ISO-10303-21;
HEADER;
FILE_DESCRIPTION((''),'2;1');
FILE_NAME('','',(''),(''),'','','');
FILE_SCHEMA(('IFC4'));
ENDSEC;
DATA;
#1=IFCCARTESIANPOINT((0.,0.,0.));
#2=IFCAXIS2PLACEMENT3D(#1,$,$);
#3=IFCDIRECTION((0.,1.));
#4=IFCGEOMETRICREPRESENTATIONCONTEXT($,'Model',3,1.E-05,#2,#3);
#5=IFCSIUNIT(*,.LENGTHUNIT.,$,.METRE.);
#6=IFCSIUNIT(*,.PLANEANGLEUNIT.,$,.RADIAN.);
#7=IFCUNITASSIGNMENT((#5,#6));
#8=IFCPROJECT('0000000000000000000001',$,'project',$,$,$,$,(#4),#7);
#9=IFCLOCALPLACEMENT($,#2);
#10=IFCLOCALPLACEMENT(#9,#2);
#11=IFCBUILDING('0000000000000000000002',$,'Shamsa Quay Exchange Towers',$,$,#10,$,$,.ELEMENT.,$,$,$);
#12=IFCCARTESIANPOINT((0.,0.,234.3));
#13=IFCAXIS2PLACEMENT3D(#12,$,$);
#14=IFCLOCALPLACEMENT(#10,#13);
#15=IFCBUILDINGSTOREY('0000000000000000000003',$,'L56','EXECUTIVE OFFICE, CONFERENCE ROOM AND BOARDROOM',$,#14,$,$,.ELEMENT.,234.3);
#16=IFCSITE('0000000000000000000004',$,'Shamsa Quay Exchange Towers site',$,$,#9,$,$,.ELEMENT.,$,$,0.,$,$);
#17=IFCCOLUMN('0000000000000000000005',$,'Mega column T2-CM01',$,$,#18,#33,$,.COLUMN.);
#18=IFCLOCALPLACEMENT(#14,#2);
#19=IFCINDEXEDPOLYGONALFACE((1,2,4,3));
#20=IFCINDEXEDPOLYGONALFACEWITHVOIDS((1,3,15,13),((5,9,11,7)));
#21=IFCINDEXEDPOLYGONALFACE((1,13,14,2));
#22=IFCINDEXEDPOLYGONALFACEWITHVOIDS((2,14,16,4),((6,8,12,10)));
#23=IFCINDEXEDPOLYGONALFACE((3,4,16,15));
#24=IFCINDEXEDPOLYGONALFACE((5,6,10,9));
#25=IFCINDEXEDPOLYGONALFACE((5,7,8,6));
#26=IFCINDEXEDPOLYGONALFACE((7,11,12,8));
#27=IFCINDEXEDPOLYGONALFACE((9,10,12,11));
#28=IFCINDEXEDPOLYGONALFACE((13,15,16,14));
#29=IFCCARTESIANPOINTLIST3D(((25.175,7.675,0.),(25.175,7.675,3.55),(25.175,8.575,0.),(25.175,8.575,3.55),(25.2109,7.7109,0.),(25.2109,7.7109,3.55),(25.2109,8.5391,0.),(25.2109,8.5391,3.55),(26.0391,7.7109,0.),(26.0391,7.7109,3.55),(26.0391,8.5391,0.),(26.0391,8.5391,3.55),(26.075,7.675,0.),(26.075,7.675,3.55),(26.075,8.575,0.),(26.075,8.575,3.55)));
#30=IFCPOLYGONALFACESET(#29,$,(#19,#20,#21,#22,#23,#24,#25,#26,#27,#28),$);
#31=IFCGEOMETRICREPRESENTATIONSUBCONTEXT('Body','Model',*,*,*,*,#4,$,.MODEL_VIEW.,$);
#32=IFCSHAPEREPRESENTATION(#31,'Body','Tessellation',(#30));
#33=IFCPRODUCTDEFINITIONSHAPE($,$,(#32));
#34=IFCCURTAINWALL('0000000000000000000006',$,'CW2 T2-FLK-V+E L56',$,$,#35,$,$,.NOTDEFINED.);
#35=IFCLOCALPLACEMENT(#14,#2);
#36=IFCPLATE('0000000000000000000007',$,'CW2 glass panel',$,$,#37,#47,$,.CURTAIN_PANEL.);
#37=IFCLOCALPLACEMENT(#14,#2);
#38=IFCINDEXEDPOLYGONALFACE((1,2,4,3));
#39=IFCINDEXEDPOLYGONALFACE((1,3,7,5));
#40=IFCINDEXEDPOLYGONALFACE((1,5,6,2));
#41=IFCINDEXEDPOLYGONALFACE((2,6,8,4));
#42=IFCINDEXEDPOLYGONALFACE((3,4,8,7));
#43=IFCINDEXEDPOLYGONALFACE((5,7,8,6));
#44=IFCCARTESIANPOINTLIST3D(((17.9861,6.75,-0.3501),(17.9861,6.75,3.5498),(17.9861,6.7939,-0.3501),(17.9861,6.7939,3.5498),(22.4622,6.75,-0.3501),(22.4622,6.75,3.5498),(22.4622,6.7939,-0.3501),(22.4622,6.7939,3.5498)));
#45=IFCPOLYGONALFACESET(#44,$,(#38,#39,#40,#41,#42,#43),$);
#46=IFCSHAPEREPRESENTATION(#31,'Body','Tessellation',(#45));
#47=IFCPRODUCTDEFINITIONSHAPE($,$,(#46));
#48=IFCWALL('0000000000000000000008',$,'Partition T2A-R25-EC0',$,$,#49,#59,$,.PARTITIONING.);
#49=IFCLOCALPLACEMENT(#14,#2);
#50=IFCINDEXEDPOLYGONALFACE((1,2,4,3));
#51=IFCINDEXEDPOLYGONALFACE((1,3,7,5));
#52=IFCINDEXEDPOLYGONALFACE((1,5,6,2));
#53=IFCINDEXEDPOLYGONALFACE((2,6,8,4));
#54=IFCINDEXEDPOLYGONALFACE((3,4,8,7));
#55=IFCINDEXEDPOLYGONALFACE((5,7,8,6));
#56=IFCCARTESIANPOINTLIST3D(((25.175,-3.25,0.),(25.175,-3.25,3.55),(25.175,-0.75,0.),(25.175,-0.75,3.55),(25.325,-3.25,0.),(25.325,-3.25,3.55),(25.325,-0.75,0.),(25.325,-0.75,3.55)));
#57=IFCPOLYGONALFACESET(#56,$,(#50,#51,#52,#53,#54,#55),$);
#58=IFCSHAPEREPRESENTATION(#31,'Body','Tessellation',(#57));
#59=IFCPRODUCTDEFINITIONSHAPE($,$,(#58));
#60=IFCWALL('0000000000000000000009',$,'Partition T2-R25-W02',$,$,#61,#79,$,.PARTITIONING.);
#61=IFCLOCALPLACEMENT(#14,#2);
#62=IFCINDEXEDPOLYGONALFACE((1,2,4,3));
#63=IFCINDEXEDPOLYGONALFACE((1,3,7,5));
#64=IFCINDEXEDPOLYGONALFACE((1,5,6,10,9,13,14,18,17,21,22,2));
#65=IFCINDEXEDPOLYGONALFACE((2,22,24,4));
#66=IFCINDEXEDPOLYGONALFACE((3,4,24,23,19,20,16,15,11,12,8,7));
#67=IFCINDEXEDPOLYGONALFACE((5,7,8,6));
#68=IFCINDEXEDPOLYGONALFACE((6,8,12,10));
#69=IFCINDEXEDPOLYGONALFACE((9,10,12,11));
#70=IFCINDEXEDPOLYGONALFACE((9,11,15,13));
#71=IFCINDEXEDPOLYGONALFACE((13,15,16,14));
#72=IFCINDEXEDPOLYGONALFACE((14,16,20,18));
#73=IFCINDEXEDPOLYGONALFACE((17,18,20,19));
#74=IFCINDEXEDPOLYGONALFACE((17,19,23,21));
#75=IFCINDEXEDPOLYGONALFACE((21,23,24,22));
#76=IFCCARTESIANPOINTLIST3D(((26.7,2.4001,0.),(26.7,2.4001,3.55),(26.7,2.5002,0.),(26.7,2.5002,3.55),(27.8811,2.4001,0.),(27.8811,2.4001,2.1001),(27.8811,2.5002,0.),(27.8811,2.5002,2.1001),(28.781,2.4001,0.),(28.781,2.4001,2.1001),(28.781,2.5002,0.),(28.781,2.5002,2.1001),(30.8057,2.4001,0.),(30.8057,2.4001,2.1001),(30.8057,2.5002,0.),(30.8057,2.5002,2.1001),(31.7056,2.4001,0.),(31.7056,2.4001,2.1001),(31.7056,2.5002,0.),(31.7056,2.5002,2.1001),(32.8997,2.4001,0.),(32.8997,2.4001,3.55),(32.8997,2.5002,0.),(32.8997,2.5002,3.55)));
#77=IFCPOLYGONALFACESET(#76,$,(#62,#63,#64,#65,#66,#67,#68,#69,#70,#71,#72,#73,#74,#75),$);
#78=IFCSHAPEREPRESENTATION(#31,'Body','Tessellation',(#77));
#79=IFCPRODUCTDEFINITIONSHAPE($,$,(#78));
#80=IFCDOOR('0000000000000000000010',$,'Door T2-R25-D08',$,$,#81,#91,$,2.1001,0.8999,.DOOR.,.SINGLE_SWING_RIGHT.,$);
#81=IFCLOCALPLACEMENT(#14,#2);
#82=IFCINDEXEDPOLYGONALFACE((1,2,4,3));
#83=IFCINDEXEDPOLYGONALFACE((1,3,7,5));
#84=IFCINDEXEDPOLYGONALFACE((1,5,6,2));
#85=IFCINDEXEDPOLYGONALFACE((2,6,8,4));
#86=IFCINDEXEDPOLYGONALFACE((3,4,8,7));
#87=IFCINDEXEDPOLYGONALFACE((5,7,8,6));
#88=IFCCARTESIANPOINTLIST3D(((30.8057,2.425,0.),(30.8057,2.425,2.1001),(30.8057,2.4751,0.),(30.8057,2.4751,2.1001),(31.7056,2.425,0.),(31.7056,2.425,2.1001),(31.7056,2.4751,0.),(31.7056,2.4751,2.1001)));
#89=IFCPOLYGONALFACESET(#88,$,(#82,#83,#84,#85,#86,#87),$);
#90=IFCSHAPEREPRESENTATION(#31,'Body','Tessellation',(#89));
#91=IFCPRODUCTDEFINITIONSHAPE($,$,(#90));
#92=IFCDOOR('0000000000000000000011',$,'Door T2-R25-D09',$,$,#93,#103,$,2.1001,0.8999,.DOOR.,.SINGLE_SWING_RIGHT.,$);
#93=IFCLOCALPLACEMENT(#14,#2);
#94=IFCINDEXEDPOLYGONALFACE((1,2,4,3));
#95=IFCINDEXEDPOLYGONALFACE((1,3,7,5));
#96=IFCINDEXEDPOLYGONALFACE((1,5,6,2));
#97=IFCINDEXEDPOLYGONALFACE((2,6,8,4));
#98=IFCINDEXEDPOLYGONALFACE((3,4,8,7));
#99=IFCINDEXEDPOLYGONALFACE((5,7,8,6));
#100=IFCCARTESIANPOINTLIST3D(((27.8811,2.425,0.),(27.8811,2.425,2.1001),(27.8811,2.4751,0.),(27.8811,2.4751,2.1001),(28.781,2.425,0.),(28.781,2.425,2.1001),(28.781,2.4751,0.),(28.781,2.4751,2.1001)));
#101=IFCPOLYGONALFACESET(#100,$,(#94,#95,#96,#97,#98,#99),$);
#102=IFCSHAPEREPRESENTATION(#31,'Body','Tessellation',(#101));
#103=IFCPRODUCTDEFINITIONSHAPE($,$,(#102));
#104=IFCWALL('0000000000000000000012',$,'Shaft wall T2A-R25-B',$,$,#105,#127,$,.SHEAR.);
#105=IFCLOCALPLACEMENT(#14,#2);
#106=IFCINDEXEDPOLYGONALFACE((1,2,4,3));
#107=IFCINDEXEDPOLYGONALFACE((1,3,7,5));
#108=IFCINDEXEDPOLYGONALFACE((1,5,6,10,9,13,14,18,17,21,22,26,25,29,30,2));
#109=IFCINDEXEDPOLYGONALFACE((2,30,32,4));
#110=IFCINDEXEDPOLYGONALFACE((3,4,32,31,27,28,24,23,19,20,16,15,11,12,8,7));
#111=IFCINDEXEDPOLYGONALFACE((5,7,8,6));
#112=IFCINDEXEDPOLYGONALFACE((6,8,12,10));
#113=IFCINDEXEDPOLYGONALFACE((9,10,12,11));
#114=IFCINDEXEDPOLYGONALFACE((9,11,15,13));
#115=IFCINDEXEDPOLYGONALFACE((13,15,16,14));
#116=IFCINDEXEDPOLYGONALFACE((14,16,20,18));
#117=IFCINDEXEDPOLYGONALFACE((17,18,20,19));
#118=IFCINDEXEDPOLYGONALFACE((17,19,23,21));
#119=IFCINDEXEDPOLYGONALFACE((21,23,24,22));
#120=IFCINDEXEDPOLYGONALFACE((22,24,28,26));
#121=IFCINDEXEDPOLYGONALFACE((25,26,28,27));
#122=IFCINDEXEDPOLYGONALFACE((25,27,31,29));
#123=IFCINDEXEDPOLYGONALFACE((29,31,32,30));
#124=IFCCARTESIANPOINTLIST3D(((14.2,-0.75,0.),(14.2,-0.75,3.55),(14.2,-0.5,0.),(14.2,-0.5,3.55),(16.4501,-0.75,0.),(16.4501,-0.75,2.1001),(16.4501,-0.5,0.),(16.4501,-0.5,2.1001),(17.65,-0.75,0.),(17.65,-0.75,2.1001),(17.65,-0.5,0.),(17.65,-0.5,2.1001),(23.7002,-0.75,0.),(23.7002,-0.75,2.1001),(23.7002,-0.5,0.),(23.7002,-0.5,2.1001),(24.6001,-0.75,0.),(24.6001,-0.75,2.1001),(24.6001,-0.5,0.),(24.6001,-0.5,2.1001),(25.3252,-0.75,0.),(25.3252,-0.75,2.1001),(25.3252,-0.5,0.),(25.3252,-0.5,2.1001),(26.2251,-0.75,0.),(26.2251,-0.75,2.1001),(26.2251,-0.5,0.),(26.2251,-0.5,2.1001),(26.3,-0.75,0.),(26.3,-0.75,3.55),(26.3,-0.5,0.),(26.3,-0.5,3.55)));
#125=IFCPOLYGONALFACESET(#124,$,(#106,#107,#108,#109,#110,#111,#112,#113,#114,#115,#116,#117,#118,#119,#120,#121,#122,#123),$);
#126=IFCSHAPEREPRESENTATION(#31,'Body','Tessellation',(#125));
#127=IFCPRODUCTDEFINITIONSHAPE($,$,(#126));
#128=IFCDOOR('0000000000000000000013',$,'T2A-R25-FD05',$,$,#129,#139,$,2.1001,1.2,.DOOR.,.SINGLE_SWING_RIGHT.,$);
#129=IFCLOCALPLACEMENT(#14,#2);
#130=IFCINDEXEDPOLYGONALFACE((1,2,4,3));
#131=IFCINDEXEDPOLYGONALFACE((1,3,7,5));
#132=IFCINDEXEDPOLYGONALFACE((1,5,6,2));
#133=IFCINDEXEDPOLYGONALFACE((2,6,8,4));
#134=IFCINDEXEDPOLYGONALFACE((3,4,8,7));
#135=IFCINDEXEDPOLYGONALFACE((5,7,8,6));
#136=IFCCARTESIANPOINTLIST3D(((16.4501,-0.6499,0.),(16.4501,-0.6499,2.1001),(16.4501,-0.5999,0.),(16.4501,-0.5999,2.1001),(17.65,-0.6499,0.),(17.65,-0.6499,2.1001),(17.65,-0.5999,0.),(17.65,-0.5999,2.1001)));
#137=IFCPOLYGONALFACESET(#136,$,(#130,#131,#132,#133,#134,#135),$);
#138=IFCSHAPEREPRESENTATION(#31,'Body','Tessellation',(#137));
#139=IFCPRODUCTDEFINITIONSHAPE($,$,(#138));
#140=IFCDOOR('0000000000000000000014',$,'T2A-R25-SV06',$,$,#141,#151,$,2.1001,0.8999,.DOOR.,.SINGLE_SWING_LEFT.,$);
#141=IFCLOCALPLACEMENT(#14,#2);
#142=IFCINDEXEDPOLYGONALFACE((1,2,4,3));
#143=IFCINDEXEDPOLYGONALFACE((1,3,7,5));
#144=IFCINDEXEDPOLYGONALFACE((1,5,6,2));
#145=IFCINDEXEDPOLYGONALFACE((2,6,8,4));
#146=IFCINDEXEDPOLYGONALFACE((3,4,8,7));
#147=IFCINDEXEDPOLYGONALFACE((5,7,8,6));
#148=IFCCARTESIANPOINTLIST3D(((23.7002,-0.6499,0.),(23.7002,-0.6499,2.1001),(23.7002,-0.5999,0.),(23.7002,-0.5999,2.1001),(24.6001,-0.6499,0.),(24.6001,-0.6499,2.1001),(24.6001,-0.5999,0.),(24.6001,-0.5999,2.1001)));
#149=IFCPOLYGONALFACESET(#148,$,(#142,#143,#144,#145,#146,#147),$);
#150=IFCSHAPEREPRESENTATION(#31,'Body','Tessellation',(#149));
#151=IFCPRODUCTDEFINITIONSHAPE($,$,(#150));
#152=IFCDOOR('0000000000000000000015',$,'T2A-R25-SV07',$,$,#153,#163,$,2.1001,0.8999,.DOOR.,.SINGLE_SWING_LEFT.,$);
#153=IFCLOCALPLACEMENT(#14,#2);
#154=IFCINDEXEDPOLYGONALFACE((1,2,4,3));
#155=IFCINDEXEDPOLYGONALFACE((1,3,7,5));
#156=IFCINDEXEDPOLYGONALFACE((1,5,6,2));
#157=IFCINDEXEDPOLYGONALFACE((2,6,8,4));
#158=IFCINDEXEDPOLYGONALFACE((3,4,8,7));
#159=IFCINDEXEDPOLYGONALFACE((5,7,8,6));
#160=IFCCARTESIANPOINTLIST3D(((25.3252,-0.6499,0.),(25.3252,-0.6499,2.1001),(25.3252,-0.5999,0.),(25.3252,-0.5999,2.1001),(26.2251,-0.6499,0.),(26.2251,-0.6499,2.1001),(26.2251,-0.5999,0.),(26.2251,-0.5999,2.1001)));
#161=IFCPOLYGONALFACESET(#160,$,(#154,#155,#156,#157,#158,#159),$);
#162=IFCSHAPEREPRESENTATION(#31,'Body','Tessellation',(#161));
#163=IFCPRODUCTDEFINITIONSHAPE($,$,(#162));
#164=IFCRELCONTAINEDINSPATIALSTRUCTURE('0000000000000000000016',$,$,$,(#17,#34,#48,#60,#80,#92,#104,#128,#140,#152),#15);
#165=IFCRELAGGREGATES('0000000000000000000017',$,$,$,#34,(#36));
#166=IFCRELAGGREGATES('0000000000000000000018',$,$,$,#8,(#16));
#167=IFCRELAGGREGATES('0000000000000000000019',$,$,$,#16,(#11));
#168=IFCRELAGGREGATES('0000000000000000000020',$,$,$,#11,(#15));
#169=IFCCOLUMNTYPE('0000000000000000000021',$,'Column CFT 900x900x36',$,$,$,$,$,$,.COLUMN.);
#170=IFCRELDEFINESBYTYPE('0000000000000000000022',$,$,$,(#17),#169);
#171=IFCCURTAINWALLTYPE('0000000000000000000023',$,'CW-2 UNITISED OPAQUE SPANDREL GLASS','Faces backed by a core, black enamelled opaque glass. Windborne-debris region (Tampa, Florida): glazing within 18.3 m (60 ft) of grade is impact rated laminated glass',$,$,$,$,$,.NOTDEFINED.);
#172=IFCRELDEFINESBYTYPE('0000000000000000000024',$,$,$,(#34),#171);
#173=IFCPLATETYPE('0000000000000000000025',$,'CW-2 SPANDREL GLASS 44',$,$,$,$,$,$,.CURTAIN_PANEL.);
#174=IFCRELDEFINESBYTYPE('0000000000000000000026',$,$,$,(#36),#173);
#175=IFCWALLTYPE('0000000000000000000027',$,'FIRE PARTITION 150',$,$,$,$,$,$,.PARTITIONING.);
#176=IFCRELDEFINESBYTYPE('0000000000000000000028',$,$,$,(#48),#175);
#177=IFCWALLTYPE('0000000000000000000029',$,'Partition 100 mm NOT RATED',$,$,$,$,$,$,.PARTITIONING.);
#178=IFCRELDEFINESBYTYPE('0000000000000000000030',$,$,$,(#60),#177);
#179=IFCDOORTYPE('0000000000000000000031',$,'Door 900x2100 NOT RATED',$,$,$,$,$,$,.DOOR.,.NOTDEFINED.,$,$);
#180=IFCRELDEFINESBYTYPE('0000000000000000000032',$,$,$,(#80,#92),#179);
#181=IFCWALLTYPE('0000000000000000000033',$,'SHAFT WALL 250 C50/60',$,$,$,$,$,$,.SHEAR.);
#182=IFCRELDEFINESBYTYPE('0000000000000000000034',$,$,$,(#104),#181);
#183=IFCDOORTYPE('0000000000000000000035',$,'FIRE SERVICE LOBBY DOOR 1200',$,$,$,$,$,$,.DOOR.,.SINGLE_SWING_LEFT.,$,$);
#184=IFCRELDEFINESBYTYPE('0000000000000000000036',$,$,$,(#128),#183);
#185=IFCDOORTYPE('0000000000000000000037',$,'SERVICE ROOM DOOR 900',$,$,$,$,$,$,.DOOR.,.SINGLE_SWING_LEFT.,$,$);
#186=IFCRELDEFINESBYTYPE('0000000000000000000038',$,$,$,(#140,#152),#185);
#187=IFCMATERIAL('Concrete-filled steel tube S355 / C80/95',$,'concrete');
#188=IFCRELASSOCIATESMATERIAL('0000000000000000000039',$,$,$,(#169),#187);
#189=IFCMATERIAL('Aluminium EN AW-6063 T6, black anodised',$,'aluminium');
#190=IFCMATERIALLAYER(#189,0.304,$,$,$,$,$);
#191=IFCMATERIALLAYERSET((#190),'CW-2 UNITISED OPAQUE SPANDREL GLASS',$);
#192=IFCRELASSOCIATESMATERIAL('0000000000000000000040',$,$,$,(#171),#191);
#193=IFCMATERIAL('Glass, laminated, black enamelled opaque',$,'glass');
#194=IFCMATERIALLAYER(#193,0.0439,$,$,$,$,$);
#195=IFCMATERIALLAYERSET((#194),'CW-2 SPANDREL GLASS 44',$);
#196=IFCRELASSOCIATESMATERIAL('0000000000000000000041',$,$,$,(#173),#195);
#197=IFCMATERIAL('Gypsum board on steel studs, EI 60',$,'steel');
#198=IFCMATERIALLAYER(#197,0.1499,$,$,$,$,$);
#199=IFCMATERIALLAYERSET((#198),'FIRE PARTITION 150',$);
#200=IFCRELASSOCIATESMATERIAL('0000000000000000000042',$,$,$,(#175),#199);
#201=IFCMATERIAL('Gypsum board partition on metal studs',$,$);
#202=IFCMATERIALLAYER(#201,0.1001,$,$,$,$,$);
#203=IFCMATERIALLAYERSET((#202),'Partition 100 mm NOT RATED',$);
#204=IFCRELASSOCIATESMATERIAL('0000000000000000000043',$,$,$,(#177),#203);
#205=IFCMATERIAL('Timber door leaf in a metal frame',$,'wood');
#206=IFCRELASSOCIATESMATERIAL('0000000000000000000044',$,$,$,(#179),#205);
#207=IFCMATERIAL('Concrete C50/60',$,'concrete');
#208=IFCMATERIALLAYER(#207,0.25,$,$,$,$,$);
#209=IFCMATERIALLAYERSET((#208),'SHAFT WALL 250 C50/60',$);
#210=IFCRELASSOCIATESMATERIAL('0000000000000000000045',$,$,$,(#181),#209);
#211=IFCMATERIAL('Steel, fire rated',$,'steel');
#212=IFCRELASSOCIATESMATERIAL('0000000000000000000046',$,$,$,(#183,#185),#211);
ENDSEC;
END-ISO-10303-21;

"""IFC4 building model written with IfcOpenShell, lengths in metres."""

from ifc_helpers import new_model, si_unit, direction, frame, frame_2d, origin, origin_2d, place, context, subcontext, project, spatial, rectangle, hollow_rectangle, extrude, material, layer, layer_set, material_profile, profile_set, type_object, element, fill, aggregate, save


model = new_model("IFC4")

# Units and contexts
model_context = context("Model", 3, precision=1e-05, world=origin(), true_north=direction((0.0, 1.0)))
body_context = subcontext(model_context, "Body", "Model", "MODEL_VIEW")
ifc_project = project(units=[si_unit("LENGTHUNIT", "METRE"), si_unit("PLANEANGLEUNIT", "RADIAN")], contexts=[model_context])

# Site, building, storey
site_placement = place(None, origin())
site = spatial("IfcSite", under=ifc_project, at=site_placement, Name="Shamsa Quay Exchange Towers site", CompositionType="ELEMENT", RefElevation=0.0)
building_placement = place(site_placement, origin())
building = spatial("IfcBuilding", under=site, at=building_placement, Name="Shamsa Quay Exchange Towers", CompositionType="ELEMENT")
storey_placement = place(building_placement, frame((0.0, 0.0, 234.3)))
storey = spatial("IfcBuildingStorey", under=building, at=storey_placement, Name="L56", Description="EXECUTIVE OFFICE, CONFERENCE ROOM AND BOARDROOM", CompositionType="ELEMENT", Elevation=234.3)

# Column
ifc_material_1 = material(Name="Concrete-filled steel tube S355 / C80/95", Category="concrete")
ifc_material_profile = material_profile(ifc_material_1, hollow_rectangle(XDim=0.8999, YDim=0.8999, WallThickness=0.0359, at=origin_2d()), Name="CFT 900x900x36")
ifc_profile_set = profile_set([ifc_material_profile], Name="Concrete-filled steel tube S355 / C80/95")
column_type = type_object("IfcColumnType", Name="Column CFT 900x900x36", PredefinedType="COLUMN", material=ifc_profile_set)
column_placement = place(storey_placement, frame((25.625, 8.125, 0.0)))
element("IfcColumn", 1, at=column_placement, inside=storey, type_object=column_type, Name="Mega column T2-CM01", PredefinedType="COLUMN", context=body_context, shape_type="SweptSolid", body=[
    extrude(hollow_rectangle(XDim=0.8999, YDim=0.8999, WallThickness=0.0359, at=origin_2d()), origin(), (0.0, 0.0, 1.0), 3.55),
])

# Curtain wall, plate
ifc_material_2 = material(Name="Aluminium EN AW-6063 T6, black anodised", Category="aluminium")
ifc_layer_1 = layer(ifc_material_2, 0.304)
ifc_layer_set_1 = layer_set([ifc_layer_1], Name="CW-2 UNITISED OPAQUE SPANDREL GLASS")
curtain_wall_type = type_object("IfcCurtainWallType", Name="CW-2 UNITISED OPAQUE SPANDREL GLASS", Description="Faces backed by a core, black enamelled opaque glass. Windborne-debris region (Tampa, Florida): glazing within 18.3 m (60 ft) of grade is impact rated laminated glass", PredefinedType="NOTDEFINED", material=ifc_layer_set_1)
curtain_wall_placement = place(storey_placement, origin())
curtain_wall = element("IfcCurtainWall", 2, at=curtain_wall_placement, inside=storey, type_object=curtain_wall_type, Name="CW2 T2-FLK-V+E L56", PredefinedType="NOTDEFINED")
ifc_material_3 = material(Name="Glass, laminated, black enamelled opaque", Category="glass")
ifc_layer_2 = layer(ifc_material_3, 0.0439)
ifc_layer_set_2 = layer_set([ifc_layer_2], Name="CW-2 SPANDREL GLASS 44")
plate_type = type_object("IfcPlateType", Name="CW-2 SPANDREL GLASS 44", PredefinedType="CURTAIN_PANEL", material=ifc_layer_set_2)
plate_placement = place(storey_placement, frame((20.2241, 6.772, -0.3501), z_axis=(0.0, 0.0, 1.0), x_axis=(-1.0, 0.0, 0.0)))
plate = element("IfcPlate", 3, at=plate_placement, type_object=plate_type, Name="CW2 glass panel", PredefinedType="CURTAIN_PANEL", context=body_context, shape_type="SweptSolid", body=[
    extrude(rectangle(XDim=4.4761, YDim=0.0439, at=origin_2d()), origin(), (0.0, 0.0, 1.0), 3.8999),
])
aggregate(curtain_wall, [plate])

# Shared definitions
ifc_material_4 = material(Name="Steel, fire rated", Category="steel")

# Wall
ifc_material_5 = material(Name="Gypsum board on steel studs, EI 60", Category="steel")
ifc_layer_3 = layer(ifc_material_5, 0.1499)
ifc_layer_set_3 = layer_set([ifc_layer_3], Name="FIRE PARTITION 150")
wall_type_1 = type_object("IfcWallType", Name="FIRE PARTITION 150", PredefinedType="PARTITIONING", material=ifc_layer_set_3)
wall_1_placement = place(storey_placement, frame((25.25, -3.25, 0.0), z_axis=(0.0, 0.0, 1.0), x_axis=(0.0, 1.0, 0.0)))
element("IfcWall", 4, at=wall_1_placement, inside=storey, type_object=wall_type_1, Name="Partition T2A-R25-EC0", PredefinedType="PARTITIONING", context=body_context, shape_type="SweptSolid", body=[
    extrude(rectangle(XDim=2.5, YDim=0.1499, at=frame_2d((1.25, 0.0))), origin(), (0.0, 0.0, 1.0), 3.55),
])

# Walls, openings, doors
ifc_material_6 = material(Name="Gypsum board partition on metal studs")
ifc_layer_4 = layer(ifc_material_6, 0.1001)
ifc_layer_set_4 = layer_set([ifc_layer_4], Name="Partition 100 mm NOT RATED")
wall_type_2 = type_object("IfcWallType", Name="Partition 100 mm NOT RATED", PredefinedType="PARTITIONING", material=ifc_layer_set_4)
wall_2_placement = place(storey_placement, frame((26.7, 2.4502, 0.0)))
wall_2 = element("IfcWall", 5, at=wall_2_placement, inside=storey, type_object=wall_type_2, Name="Partition T2-R25-W02", PredefinedType="PARTITIONING", context=body_context, shape_type="SweptSolid", body=[
    extrude(rectangle(XDim=6.1997, YDim=0.1001, at=frame_2d((3.0999, 0.0))), origin(), (0.0, 0.0, 1.0), 3.55),
])
opening_1_placement = place(wall_2_placement, frame((4.1057, 0.0, 0.0)))
opening_1 = element("IfcOpeningElement", 6, at=opening_1_placement, cuts=wall_2, PredefinedType="OPENING", context=body_context, shape_type="SweptSolid", body=[
    extrude(rectangle(XDim=0.8999, YDim=2.1001, at=frame_2d((0.45, 1.05))), frame((0.0, 0.0601, 0.0), z_axis=(0.0, -1.0, 0.0), x_axis=(1.0, 0.0, 0.0)), (0.0, 0.0, 1.0), 0.1201),
])
opening_2_placement = place(wall_2_placement, frame((1.1812, 0.0, 0.0)))
opening_2 = element("IfcOpeningElement", 7, at=opening_2_placement, cuts=wall_2, PredefinedType="OPENING", context=body_context, shape_type="SweptSolid", body=[
    extrude(rectangle(XDim=0.8999, YDim=2.1001, at=frame_2d((0.45, 1.05))), frame((0.0, 0.0601, 0.0), z_axis=(0.0, -1.0, 0.0), x_axis=(1.0, 0.0, 0.0)), (0.0, 0.0, 1.0), 0.1201),
])
ifc_material_7 = material(Name="Timber door leaf in a metal frame", Category="wood")
door_type_1 = type_object("IfcDoorType", Name="Door 900x2100 NOT RATED", OperationType="NOTDEFINED", PredefinedType="DOOR", material=ifc_material_7)
door_1_placement = place(opening_1_placement, origin())
door_1 = element("IfcDoor", 8, at=door_1_placement, inside=storey, type_object=door_type_1, Name="Door T2-R25-D08", OperationType="SINGLE_SWING_RIGHT", OverallHeight=2.1001, OverallWidth=0.8999, PredefinedType="DOOR", context=body_context, shape_type="SweptSolid", body=[
    extrude(rectangle(XDim=0.8999, YDim=2.1001, at=frame_2d((0.45, 1.05))), frame((0.0, 0.0249, 0.0), z_axis=(0.0, -1.0, 0.0), x_axis=(1.0, 0.0, 0.0)), (0.0, 0.0, 1.0), 0.05),
])
fill(opening_1, door_1)
door_2_placement = place(opening_2_placement, origin())
door_2 = element("IfcDoor", 9, at=door_2_placement, inside=storey, type_object=door_type_1, Name="Door T2-R25-D09", OperationType="SINGLE_SWING_RIGHT", OverallHeight=2.1001, OverallWidth=0.8999, PredefinedType="DOOR", context=body_context, shape_type="SweptSolid", body=[
    extrude(rectangle(XDim=0.8999, YDim=2.1001, at=frame_2d((0.45, 1.05))), frame((0.0, 0.0249, 0.0), z_axis=(0.0, -1.0, 0.0), x_axis=(1.0, 0.0, 0.0)), (0.0, 0.0, 1.0), 0.05),
])
fill(opening_2, door_2)
ifc_material_8 = material(Name="Concrete C50/60", Category="concrete")
ifc_layer_5 = layer(ifc_material_8, 0.25)
ifc_layer_set_5 = layer_set([ifc_layer_5], Name="SHAFT WALL 250 C50/60")
wall_type_3 = type_object("IfcWallType", Name="SHAFT WALL 250 C50/60", PredefinedType="SHEAR", material=ifc_layer_set_5)
wall_3_placement = place(storey_placement, frame((26.3, -0.625, 0.0), z_axis=(0.0, 0.0, 1.0), x_axis=(-1.0, 0.0, 0.0)))
wall_3 = element("IfcWall", 10, at=wall_3_placement, inside=storey, type_object=wall_type_3, Name="Shaft wall T2A-R25-B", PredefinedType="SHEAR", context=body_context, shape_type="SweptSolid", body=[
    extrude(rectangle(XDim=12.1001, YDim=0.25, at=frame_2d((6.05, 0.0))), origin(), (0.0, 0.0, 1.0), 3.55),
])
opening_3_placement = place(wall_3_placement, frame((8.6499, 0.0, 0.0)))
opening_3 = element("IfcOpeningElement", 11, at=opening_3_placement, cuts=wall_3, PredefinedType="OPENING", context=body_context, shape_type="SweptSolid", body=[
    extrude(rectangle(XDim=1.2, YDim=2.1001, at=frame_2d((0.6001, 1.05))), frame((0.0, 0.135, 0.0), z_axis=(0.0, -1.0, 0.0), x_axis=(1.0, 0.0, 0.0)), (0.0, 0.0, 1.0), 0.27),
])
opening_4_placement = place(wall_3_placement, frame((1.7, 0.0, 0.0)))
opening_4 = element("IfcOpeningElement", 12, at=opening_4_placement, cuts=wall_3, PredefinedType="OPENING", context=body_context, shape_type="SweptSolid", body=[
    extrude(rectangle(XDim=0.8999, YDim=2.1001, at=frame_2d((0.45, 1.05))), frame((0.0, 0.135, 0.0), z_axis=(0.0, -1.0, 0.0), x_axis=(1.0, 0.0, 0.0)), (0.0, 0.0, 1.0), 0.27),
])
opening_5_placement = place(wall_3_placement, frame((0.075, 0.0, 0.0)))
opening_5 = element("IfcOpeningElement", 13, at=opening_5_placement, cuts=wall_3, PredefinedType="OPENING", context=body_context, shape_type="SweptSolid", body=[
    extrude(rectangle(XDim=0.8999, YDim=2.1001, at=frame_2d((0.45, 1.05))), frame((0.0, 0.135, 0.0), z_axis=(0.0, -1.0, 0.0), x_axis=(1.0, 0.0, 0.0)), (0.0, 0.0, 1.0), 0.27),
])
door_type_2 = type_object("IfcDoorType", Name="FIRE SERVICE LOBBY DOOR 1200", OperationType="SINGLE_SWING_LEFT", PredefinedType="DOOR", material=ifc_material_4)
door_3_placement = place(opening_3_placement, origin())
door_3 = element("IfcDoor", 14, at=door_3_placement, inside=storey, type_object=door_type_2, Name="T2A-R25-FD05", OperationType="SINGLE_SWING_RIGHT", OverallHeight=2.1001, OverallWidth=1.2, PredefinedType="DOOR", context=body_context, shape_type="SweptSolid", body=[
    extrude(rectangle(XDim=1.2, YDim=2.1001, at=frame_2d((0.6001, 1.05))), frame((0.0, 0.0249, 0.0), z_axis=(0.0, -1.0, 0.0), x_axis=(1.0, 0.0, 0.0)), (0.0, 0.0, 1.0), 0.05),
])
fill(opening_3, door_3)
door_type_3 = type_object("IfcDoorType", Name="SERVICE ROOM DOOR 900", OperationType="SINGLE_SWING_LEFT", PredefinedType="DOOR", material=ifc_material_4)
door_4_placement = place(opening_4_placement, origin())
door_4 = element("IfcDoor", 15, at=door_4_placement, inside=storey, type_object=door_type_3, Name="T2A-R25-SV06", OperationType="SINGLE_SWING_LEFT", OverallHeight=2.1001, OverallWidth=0.8999, PredefinedType="DOOR", context=body_context, shape_type="SweptSolid", body=[
    extrude(rectangle(XDim=0.8999, YDim=2.1001, at=frame_2d((0.45, 1.05))), frame((0.0, 0.0249, 0.0), z_axis=(0.0, -1.0, 0.0), x_axis=(1.0, 0.0, 0.0)), (0.0, 0.0, 1.0), 0.05),
])
fill(opening_4, door_4)
door_5_placement = place(opening_5_placement, origin())
door_5 = element("IfcDoor", 16, at=door_5_placement, inside=storey, type_object=door_type_3, Name="T2A-R25-SV07", OperationType="SINGLE_SWING_LEFT", OverallHeight=2.1001, OverallWidth=0.8999, PredefinedType="DOOR", context=body_context, shape_type="SweptSolid", body=[
    extrude(rectangle(XDim=0.8999, YDim=2.1001, at=frame_2d((0.45, 1.05))), frame((0.0, 0.0249, 0.0), z_axis=(0.0, -1.0, 0.0), x_axis=(1.0, 0.0, 0.0)), (0.0, 0.0, 1.0), 0.05),
])
fill(opening_5, door_5)

save(model, "model.ifc")
